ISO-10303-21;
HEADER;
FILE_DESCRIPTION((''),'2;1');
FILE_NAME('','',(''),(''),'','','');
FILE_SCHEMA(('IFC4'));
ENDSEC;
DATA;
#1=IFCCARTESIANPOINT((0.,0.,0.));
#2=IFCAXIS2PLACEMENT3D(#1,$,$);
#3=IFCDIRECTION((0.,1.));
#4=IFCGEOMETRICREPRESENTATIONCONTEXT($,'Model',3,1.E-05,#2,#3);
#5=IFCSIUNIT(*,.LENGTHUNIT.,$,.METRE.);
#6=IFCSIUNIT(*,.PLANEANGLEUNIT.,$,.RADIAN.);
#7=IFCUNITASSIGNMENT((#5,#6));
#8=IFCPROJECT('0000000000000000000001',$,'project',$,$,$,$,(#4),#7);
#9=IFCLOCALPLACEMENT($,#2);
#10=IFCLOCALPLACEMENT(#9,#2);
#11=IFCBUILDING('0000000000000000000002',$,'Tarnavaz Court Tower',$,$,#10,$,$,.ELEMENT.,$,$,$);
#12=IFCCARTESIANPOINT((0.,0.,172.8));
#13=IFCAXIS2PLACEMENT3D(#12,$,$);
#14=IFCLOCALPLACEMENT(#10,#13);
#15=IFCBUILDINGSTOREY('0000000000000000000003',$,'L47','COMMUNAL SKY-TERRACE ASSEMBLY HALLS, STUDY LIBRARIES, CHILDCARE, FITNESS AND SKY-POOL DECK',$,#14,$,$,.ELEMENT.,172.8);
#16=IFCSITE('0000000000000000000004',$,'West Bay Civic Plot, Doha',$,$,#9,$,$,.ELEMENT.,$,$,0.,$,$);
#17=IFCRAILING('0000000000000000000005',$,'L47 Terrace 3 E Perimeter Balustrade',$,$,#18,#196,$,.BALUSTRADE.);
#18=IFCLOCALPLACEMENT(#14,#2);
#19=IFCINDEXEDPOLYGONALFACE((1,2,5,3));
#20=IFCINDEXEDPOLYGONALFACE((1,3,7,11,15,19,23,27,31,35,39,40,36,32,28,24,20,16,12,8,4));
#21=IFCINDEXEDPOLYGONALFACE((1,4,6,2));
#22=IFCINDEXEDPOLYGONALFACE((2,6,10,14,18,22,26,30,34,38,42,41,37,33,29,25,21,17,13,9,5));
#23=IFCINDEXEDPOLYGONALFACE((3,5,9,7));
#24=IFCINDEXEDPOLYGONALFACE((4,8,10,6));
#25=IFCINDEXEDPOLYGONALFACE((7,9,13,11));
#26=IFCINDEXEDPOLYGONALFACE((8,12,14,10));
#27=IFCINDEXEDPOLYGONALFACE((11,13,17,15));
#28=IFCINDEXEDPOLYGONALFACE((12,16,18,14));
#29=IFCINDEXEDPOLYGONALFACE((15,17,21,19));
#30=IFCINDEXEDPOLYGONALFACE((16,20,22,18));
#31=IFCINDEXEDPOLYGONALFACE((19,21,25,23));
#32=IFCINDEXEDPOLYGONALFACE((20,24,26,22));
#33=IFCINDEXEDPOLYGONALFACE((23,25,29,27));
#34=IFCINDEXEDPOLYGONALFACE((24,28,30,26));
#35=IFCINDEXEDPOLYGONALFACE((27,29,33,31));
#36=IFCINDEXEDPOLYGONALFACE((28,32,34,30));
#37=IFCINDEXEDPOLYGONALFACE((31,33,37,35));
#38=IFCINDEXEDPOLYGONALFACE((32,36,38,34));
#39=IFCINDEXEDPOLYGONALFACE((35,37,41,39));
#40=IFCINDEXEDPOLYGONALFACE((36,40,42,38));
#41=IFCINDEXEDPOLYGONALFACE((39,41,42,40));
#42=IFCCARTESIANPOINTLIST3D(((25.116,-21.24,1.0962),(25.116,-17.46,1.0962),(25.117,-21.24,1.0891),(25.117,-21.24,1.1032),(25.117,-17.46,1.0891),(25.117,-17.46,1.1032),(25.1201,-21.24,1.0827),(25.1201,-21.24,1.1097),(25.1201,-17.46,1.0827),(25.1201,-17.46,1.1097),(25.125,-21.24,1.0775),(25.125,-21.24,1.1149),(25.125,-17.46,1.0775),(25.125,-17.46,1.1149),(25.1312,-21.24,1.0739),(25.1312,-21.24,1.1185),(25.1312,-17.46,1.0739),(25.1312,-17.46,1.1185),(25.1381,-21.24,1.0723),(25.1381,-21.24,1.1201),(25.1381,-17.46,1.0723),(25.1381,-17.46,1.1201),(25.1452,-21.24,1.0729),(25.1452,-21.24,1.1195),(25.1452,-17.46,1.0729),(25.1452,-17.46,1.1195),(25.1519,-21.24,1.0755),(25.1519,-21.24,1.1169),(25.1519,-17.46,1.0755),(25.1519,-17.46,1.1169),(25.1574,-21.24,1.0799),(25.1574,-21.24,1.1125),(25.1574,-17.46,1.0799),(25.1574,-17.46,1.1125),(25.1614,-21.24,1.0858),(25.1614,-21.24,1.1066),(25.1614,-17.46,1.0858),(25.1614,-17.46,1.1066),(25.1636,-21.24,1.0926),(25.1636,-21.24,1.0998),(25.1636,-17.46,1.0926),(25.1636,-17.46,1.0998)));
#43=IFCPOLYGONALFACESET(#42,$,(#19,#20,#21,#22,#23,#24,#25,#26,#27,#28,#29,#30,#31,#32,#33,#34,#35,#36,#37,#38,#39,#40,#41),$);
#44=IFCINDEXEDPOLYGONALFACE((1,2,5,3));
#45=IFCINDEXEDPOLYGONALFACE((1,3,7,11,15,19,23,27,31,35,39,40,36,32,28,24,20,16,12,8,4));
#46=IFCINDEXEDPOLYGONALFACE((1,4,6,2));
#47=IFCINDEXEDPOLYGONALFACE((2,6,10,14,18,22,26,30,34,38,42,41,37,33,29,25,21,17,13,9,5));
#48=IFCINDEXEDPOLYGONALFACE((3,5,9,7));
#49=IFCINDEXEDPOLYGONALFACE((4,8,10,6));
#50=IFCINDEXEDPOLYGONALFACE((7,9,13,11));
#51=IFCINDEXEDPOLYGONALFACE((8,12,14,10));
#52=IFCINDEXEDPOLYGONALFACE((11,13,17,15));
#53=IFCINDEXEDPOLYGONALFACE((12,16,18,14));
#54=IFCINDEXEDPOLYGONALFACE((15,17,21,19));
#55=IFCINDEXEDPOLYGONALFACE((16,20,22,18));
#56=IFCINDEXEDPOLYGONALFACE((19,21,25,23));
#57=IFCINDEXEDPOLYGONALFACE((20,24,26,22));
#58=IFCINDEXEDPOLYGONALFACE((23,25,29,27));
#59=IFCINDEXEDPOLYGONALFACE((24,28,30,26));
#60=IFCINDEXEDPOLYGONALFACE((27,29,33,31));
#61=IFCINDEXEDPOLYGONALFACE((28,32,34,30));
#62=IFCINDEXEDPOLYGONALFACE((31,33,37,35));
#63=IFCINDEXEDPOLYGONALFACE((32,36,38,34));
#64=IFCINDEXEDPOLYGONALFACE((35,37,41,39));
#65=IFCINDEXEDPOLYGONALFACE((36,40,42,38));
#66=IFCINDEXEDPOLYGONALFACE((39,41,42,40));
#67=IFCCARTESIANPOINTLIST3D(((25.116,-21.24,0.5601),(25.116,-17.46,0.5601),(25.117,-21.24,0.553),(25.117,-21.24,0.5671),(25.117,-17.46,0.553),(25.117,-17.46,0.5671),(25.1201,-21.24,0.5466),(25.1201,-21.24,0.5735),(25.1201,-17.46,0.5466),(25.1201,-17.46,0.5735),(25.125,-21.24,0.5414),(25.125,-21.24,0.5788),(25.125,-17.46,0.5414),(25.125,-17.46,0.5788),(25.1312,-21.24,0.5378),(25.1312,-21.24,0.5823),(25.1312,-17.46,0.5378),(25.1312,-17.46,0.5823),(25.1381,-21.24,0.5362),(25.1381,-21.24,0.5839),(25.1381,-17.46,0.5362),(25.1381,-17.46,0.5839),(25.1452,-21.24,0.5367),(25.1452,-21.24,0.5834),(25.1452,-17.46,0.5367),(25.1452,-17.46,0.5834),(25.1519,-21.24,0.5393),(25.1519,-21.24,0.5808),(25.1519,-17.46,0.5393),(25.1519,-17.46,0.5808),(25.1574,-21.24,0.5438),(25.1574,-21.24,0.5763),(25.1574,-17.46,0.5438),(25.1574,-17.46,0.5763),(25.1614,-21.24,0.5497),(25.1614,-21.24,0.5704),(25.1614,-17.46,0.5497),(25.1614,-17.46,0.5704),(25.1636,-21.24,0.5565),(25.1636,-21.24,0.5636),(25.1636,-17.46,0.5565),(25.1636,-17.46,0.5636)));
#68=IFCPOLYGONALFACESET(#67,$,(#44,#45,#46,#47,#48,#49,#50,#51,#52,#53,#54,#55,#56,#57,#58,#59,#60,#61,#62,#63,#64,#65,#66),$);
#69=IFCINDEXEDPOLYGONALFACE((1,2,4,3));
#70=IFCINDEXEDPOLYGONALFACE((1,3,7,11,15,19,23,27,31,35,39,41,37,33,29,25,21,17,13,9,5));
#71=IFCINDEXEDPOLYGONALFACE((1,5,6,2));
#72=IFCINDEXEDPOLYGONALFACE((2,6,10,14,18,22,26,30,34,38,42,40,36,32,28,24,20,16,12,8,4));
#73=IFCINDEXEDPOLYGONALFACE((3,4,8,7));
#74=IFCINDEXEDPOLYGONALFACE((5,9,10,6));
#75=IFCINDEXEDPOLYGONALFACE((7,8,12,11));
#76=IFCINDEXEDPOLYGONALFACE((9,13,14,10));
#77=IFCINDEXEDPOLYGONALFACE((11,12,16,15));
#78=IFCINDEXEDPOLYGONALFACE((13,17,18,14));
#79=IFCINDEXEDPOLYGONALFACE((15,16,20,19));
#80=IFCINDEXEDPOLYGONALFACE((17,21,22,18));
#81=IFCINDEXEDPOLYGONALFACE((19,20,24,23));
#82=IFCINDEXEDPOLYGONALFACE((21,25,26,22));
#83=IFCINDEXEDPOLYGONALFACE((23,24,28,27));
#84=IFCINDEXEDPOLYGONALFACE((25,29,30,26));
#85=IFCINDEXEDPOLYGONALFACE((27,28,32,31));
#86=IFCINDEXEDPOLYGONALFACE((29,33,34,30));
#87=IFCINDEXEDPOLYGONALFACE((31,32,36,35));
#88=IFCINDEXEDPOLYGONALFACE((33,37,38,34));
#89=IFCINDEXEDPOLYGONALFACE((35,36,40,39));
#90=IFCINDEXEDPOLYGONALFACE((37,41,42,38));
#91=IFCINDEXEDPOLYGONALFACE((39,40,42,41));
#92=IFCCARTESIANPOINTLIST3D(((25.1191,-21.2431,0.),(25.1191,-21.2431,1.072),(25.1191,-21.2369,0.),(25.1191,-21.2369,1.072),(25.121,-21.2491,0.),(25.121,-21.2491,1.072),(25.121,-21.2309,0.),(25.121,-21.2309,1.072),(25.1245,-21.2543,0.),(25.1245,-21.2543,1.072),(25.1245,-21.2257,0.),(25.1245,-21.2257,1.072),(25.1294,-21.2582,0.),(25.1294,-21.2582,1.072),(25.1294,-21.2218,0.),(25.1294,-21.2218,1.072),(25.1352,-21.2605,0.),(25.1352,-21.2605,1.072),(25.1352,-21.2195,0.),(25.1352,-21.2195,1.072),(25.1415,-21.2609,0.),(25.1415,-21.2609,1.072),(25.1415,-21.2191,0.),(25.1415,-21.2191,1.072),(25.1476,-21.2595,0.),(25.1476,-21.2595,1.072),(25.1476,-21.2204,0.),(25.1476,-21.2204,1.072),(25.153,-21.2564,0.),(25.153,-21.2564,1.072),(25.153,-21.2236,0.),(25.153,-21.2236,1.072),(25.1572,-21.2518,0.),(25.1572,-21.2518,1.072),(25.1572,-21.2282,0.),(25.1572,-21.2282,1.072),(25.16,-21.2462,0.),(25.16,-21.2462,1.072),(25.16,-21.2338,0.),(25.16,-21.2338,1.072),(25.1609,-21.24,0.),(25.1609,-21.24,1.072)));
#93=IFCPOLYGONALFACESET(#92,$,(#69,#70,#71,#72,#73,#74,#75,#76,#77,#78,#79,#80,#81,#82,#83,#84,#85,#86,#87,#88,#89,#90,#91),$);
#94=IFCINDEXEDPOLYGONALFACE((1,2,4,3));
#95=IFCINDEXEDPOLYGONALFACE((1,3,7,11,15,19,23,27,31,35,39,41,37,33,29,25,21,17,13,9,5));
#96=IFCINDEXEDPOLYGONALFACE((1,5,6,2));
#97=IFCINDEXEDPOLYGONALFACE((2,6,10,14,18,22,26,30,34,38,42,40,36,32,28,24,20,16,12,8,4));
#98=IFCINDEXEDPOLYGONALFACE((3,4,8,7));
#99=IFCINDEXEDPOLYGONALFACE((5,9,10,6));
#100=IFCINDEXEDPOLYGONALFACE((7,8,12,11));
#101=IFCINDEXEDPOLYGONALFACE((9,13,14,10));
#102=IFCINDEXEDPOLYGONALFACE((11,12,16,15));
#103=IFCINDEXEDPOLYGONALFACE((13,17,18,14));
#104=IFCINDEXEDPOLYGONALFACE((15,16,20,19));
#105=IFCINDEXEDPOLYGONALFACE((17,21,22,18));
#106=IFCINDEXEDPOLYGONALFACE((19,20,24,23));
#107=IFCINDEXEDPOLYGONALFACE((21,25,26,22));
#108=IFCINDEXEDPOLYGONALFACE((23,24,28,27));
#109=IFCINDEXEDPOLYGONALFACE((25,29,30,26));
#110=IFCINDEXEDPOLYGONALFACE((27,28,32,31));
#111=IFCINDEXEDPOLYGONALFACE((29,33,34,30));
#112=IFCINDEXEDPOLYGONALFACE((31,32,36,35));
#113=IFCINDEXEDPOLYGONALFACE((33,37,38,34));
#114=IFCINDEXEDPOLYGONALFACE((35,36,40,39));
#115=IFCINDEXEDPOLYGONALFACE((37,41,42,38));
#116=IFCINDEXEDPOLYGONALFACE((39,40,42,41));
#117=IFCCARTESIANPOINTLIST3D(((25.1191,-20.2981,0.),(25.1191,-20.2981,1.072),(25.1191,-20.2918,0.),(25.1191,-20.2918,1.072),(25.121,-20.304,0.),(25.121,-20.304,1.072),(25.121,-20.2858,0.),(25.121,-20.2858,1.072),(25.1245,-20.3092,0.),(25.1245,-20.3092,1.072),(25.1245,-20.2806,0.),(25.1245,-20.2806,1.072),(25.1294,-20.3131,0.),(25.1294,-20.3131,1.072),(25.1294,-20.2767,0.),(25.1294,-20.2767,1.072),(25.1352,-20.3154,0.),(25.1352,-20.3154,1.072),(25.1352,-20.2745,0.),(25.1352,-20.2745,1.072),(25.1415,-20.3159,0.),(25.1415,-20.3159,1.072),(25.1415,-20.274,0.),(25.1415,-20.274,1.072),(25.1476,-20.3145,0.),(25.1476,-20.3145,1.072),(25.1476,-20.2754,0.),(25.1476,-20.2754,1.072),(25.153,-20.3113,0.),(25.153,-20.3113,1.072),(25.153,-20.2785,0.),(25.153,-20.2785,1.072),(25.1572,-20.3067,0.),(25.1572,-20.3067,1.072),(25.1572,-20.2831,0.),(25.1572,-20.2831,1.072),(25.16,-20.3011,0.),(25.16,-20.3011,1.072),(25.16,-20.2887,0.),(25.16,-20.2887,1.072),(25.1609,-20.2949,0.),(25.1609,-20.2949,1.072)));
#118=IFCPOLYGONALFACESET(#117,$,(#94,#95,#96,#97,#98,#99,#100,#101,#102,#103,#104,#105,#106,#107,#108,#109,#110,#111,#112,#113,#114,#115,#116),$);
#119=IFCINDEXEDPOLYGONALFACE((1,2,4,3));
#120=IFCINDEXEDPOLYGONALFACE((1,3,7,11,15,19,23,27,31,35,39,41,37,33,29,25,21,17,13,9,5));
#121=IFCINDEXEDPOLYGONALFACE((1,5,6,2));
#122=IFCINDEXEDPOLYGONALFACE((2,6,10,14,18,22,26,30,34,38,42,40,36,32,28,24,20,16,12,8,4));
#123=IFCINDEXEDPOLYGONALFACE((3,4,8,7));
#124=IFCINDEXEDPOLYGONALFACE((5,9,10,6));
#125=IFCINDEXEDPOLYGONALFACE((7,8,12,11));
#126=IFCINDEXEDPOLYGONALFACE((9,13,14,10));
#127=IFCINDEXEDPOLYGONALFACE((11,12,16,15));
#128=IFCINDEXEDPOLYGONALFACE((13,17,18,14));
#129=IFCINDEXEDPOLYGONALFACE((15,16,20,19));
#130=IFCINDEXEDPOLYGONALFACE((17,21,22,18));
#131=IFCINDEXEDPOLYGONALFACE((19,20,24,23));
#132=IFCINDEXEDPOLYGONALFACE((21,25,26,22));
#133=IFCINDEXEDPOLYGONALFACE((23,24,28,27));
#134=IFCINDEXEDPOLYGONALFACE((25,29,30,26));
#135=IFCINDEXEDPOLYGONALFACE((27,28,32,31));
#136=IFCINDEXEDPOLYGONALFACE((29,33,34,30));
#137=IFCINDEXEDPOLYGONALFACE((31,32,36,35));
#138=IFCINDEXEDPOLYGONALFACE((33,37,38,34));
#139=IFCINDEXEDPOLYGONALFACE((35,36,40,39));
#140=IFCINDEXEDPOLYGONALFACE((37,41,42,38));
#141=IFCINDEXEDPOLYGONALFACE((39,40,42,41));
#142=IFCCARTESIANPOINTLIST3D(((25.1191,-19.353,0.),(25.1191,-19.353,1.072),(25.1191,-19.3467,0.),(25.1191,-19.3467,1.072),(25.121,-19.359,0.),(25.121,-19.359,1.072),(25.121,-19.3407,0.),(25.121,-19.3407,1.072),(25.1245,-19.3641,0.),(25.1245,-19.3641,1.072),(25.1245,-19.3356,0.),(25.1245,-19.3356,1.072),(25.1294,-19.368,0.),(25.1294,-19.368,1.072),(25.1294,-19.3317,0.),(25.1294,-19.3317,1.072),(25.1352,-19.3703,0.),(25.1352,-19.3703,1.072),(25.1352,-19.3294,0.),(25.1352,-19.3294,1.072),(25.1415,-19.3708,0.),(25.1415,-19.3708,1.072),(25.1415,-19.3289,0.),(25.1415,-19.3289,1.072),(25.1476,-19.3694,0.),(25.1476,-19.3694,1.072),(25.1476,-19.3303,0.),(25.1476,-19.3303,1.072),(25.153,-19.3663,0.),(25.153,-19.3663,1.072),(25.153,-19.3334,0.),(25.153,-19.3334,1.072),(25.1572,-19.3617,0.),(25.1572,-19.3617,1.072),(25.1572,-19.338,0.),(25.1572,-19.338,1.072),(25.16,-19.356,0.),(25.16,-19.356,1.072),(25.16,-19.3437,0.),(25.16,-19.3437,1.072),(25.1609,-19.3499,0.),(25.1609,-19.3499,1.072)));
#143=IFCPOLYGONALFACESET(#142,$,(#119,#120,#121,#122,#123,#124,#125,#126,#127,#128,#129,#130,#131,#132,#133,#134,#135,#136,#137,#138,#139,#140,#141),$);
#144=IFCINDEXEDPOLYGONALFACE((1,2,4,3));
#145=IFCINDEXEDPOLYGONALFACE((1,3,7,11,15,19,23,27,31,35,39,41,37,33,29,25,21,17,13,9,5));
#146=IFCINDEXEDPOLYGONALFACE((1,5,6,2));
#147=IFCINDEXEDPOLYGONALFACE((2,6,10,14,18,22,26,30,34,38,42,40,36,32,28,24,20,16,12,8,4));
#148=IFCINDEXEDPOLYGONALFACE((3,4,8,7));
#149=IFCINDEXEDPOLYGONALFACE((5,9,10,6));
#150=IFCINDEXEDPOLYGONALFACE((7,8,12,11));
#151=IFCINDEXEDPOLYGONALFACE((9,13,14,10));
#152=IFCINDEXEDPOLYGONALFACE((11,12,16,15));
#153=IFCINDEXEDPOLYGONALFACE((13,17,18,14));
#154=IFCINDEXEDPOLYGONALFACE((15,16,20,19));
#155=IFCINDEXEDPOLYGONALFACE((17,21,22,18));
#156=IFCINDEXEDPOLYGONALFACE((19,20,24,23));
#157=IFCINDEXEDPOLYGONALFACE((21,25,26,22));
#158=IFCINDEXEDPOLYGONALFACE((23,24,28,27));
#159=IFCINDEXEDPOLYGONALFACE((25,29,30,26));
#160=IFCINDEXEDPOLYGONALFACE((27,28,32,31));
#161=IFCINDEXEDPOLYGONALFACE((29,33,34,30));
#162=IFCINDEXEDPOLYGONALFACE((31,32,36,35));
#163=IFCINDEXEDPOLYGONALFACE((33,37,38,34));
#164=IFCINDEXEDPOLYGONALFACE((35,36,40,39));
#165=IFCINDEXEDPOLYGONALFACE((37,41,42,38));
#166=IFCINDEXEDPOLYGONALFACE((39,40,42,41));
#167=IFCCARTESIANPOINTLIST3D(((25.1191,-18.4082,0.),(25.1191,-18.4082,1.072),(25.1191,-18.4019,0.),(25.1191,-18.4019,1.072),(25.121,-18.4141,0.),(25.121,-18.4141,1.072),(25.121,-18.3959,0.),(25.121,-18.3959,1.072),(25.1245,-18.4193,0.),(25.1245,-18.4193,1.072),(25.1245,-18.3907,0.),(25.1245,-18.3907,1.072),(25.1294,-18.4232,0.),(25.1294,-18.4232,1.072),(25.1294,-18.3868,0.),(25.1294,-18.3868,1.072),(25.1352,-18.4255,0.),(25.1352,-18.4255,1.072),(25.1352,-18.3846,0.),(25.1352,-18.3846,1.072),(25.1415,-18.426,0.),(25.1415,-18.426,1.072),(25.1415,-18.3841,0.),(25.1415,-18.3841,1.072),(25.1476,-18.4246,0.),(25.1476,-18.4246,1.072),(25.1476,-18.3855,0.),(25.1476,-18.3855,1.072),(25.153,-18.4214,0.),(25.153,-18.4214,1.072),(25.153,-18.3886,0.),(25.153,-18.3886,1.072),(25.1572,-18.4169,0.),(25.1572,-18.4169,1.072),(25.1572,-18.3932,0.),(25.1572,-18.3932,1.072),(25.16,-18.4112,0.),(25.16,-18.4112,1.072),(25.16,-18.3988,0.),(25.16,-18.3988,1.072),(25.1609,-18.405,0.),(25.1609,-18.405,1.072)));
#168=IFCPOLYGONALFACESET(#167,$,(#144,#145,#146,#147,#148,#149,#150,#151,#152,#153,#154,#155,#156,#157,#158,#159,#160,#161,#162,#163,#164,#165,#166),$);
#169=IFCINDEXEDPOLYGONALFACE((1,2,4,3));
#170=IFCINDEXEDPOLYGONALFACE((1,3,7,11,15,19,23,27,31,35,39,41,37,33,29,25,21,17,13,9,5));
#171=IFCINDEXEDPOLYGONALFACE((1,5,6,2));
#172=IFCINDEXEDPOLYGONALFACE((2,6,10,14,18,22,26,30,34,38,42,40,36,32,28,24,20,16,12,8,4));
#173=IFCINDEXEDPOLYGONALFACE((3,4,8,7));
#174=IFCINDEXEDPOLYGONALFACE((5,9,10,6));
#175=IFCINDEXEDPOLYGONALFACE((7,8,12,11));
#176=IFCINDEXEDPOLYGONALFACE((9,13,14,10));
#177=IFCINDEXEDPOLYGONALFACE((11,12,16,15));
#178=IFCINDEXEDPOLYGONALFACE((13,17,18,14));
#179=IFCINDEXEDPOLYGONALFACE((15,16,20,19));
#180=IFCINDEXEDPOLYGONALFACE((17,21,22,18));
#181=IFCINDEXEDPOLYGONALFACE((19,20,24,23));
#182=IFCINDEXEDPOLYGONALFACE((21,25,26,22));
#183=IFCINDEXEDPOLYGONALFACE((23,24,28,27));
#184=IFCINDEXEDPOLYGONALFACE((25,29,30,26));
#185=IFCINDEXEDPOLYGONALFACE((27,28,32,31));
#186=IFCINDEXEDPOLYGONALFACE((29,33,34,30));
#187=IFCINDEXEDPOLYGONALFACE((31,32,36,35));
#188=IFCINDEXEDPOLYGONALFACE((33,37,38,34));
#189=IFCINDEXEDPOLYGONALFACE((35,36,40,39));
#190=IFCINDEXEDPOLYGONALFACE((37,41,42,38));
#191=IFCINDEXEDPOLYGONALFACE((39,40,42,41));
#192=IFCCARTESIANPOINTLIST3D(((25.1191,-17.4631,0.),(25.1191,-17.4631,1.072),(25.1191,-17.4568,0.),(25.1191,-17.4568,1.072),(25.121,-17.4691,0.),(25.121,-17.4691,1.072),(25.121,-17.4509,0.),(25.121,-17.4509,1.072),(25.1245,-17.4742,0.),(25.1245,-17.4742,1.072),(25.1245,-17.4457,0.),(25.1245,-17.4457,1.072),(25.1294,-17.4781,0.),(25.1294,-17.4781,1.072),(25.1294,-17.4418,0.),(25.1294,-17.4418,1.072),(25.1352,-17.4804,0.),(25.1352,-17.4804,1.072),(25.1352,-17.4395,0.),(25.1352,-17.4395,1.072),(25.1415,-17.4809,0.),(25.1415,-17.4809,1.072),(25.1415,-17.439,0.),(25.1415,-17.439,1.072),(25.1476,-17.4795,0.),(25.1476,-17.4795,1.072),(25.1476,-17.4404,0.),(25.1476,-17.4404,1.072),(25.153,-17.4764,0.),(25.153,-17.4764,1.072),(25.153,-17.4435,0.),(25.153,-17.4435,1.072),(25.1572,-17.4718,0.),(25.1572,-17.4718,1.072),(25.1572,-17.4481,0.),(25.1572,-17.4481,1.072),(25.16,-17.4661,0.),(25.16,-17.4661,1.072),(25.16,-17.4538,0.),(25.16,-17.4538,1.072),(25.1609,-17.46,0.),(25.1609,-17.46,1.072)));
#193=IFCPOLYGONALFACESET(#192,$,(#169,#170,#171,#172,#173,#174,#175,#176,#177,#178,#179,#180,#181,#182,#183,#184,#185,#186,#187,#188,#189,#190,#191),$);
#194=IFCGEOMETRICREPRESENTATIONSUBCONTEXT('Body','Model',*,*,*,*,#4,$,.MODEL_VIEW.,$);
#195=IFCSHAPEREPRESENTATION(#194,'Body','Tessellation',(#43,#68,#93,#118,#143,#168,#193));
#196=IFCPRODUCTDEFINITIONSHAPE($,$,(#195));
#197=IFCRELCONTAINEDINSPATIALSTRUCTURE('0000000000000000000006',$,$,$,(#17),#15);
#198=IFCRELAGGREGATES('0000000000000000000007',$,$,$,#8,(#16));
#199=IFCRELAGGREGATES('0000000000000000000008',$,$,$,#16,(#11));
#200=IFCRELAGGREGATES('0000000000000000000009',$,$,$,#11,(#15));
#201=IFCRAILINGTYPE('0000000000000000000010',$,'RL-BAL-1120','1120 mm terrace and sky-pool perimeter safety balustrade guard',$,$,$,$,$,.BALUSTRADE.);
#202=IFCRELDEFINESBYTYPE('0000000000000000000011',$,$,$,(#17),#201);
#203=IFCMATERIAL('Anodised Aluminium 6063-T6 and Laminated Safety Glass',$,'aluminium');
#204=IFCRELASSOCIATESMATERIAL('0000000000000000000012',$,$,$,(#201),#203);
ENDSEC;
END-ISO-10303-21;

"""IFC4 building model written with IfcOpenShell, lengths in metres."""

from ifc_helpers import new_model, si_unit, direction, frame, origin, origin_2d, place, context, subcontext, project, spatial, circle, extrude, material, type_object, element, save


model = new_model("IFC4")

# Units and contexts
model_context = context("Model", 3, precision=1e-05, world=origin(), true_north=direction((0.0, 1.0)))
body_context = subcontext(model_context, "Body", "Model", "MODEL_VIEW")
ifc_project = project(units=[si_unit("LENGTHUNIT", "METRE"), si_unit("PLANEANGLEUNIT", "RADIAN")], contexts=[model_context])

# Site, building, storey
site_placement = place(None, origin())
site = spatial("IfcSite", under=ifc_project, at=site_placement, Name="West Bay Civic Plot, Doha", CompositionType="ELEMENT", RefElevation=0.0)
building_placement = place(site_placement, origin())
building = spatial("IfcBuilding", under=site, at=building_placement, Name="Tarnavaz Court Tower", CompositionType="ELEMENT")
storey_placement = place(building_placement, frame((0.0, 0.0, 172.8)))
storey = spatial("IfcBuildingStorey", under=building, at=storey_placement, Name="L47", Description="COMMUNAL SKY-TERRACE ASSEMBLY HALLS, STUDY LIBRARIES, CHILDCARE, FITNESS AND SKY-POOL DECK", CompositionType="ELEMENT", Elevation=172.8)

# Railing
ifc_material_1 = material(Name="Anodised Aluminium 6063-T6 and Laminated Safety Glass", Category="aluminium")
railing_type = type_object("IfcRailingType", Name="RL-BAL-1120", Description="1120 mm terrace and sky-pool perimeter safety balustrade guard", PredefinedType="BALUSTRADE", material=ifc_material_1)
railing_1_placement = place(storey_placement, frame((25.1399, -21.24, 0.0)))
element("IfcRailing", 1, at=railing_1_placement, inside=storey, type_object=railing_type, Name="L47 Terrace 3 E Perimeter Balustrade", PredefinedType="BALUSTRADE", context=body_context, shape_type="SweptSolid", body=[
    extrude(circle(Radius=0.0239, at=origin_2d()), frame((0.0, 0.0, 1.0962), z_axis=(0.0, 1.0, 0.0), x_axis=(-1.0, 0.0, 0.0)), (0.0, 0.0, 1.0), 3.78),
    extrude(circle(Radius=0.0239, at=origin_2d()), frame((0.0, 0.0, 0.5601), z_axis=(0.0, 1.0, 0.0), x_axis=(-1.0, 0.0, 0.0)), (0.0, 0.0, 1.0), 3.78),
    extrude(circle(Radius=0.021, at=origin_2d()), origin(), (0.0, 0.0, 1.0), 1.072),
    extrude(circle(Radius=0.021, at=origin_2d()), frame((0.0, 0.9451, 0.0)), (0.0, 0.0, 1.0), 1.072),
    extrude(circle(Radius=0.021, at=origin_2d()), frame((0.0, 1.8901, 0.0)), (0.0, 0.0, 1.0), 1.072),
    extrude(circle(Radius=0.021, at=origin_2d()), frame((0.0, 2.835, 0.0)), (0.0, 0.0, 1.0), 1.072),
    extrude(circle(Radius=0.021, at=origin_2d()), frame((0.0, 3.78, 0.0)), (0.0, 0.0, 1.0), 1.072),
])

save(model, "model.ifc")
